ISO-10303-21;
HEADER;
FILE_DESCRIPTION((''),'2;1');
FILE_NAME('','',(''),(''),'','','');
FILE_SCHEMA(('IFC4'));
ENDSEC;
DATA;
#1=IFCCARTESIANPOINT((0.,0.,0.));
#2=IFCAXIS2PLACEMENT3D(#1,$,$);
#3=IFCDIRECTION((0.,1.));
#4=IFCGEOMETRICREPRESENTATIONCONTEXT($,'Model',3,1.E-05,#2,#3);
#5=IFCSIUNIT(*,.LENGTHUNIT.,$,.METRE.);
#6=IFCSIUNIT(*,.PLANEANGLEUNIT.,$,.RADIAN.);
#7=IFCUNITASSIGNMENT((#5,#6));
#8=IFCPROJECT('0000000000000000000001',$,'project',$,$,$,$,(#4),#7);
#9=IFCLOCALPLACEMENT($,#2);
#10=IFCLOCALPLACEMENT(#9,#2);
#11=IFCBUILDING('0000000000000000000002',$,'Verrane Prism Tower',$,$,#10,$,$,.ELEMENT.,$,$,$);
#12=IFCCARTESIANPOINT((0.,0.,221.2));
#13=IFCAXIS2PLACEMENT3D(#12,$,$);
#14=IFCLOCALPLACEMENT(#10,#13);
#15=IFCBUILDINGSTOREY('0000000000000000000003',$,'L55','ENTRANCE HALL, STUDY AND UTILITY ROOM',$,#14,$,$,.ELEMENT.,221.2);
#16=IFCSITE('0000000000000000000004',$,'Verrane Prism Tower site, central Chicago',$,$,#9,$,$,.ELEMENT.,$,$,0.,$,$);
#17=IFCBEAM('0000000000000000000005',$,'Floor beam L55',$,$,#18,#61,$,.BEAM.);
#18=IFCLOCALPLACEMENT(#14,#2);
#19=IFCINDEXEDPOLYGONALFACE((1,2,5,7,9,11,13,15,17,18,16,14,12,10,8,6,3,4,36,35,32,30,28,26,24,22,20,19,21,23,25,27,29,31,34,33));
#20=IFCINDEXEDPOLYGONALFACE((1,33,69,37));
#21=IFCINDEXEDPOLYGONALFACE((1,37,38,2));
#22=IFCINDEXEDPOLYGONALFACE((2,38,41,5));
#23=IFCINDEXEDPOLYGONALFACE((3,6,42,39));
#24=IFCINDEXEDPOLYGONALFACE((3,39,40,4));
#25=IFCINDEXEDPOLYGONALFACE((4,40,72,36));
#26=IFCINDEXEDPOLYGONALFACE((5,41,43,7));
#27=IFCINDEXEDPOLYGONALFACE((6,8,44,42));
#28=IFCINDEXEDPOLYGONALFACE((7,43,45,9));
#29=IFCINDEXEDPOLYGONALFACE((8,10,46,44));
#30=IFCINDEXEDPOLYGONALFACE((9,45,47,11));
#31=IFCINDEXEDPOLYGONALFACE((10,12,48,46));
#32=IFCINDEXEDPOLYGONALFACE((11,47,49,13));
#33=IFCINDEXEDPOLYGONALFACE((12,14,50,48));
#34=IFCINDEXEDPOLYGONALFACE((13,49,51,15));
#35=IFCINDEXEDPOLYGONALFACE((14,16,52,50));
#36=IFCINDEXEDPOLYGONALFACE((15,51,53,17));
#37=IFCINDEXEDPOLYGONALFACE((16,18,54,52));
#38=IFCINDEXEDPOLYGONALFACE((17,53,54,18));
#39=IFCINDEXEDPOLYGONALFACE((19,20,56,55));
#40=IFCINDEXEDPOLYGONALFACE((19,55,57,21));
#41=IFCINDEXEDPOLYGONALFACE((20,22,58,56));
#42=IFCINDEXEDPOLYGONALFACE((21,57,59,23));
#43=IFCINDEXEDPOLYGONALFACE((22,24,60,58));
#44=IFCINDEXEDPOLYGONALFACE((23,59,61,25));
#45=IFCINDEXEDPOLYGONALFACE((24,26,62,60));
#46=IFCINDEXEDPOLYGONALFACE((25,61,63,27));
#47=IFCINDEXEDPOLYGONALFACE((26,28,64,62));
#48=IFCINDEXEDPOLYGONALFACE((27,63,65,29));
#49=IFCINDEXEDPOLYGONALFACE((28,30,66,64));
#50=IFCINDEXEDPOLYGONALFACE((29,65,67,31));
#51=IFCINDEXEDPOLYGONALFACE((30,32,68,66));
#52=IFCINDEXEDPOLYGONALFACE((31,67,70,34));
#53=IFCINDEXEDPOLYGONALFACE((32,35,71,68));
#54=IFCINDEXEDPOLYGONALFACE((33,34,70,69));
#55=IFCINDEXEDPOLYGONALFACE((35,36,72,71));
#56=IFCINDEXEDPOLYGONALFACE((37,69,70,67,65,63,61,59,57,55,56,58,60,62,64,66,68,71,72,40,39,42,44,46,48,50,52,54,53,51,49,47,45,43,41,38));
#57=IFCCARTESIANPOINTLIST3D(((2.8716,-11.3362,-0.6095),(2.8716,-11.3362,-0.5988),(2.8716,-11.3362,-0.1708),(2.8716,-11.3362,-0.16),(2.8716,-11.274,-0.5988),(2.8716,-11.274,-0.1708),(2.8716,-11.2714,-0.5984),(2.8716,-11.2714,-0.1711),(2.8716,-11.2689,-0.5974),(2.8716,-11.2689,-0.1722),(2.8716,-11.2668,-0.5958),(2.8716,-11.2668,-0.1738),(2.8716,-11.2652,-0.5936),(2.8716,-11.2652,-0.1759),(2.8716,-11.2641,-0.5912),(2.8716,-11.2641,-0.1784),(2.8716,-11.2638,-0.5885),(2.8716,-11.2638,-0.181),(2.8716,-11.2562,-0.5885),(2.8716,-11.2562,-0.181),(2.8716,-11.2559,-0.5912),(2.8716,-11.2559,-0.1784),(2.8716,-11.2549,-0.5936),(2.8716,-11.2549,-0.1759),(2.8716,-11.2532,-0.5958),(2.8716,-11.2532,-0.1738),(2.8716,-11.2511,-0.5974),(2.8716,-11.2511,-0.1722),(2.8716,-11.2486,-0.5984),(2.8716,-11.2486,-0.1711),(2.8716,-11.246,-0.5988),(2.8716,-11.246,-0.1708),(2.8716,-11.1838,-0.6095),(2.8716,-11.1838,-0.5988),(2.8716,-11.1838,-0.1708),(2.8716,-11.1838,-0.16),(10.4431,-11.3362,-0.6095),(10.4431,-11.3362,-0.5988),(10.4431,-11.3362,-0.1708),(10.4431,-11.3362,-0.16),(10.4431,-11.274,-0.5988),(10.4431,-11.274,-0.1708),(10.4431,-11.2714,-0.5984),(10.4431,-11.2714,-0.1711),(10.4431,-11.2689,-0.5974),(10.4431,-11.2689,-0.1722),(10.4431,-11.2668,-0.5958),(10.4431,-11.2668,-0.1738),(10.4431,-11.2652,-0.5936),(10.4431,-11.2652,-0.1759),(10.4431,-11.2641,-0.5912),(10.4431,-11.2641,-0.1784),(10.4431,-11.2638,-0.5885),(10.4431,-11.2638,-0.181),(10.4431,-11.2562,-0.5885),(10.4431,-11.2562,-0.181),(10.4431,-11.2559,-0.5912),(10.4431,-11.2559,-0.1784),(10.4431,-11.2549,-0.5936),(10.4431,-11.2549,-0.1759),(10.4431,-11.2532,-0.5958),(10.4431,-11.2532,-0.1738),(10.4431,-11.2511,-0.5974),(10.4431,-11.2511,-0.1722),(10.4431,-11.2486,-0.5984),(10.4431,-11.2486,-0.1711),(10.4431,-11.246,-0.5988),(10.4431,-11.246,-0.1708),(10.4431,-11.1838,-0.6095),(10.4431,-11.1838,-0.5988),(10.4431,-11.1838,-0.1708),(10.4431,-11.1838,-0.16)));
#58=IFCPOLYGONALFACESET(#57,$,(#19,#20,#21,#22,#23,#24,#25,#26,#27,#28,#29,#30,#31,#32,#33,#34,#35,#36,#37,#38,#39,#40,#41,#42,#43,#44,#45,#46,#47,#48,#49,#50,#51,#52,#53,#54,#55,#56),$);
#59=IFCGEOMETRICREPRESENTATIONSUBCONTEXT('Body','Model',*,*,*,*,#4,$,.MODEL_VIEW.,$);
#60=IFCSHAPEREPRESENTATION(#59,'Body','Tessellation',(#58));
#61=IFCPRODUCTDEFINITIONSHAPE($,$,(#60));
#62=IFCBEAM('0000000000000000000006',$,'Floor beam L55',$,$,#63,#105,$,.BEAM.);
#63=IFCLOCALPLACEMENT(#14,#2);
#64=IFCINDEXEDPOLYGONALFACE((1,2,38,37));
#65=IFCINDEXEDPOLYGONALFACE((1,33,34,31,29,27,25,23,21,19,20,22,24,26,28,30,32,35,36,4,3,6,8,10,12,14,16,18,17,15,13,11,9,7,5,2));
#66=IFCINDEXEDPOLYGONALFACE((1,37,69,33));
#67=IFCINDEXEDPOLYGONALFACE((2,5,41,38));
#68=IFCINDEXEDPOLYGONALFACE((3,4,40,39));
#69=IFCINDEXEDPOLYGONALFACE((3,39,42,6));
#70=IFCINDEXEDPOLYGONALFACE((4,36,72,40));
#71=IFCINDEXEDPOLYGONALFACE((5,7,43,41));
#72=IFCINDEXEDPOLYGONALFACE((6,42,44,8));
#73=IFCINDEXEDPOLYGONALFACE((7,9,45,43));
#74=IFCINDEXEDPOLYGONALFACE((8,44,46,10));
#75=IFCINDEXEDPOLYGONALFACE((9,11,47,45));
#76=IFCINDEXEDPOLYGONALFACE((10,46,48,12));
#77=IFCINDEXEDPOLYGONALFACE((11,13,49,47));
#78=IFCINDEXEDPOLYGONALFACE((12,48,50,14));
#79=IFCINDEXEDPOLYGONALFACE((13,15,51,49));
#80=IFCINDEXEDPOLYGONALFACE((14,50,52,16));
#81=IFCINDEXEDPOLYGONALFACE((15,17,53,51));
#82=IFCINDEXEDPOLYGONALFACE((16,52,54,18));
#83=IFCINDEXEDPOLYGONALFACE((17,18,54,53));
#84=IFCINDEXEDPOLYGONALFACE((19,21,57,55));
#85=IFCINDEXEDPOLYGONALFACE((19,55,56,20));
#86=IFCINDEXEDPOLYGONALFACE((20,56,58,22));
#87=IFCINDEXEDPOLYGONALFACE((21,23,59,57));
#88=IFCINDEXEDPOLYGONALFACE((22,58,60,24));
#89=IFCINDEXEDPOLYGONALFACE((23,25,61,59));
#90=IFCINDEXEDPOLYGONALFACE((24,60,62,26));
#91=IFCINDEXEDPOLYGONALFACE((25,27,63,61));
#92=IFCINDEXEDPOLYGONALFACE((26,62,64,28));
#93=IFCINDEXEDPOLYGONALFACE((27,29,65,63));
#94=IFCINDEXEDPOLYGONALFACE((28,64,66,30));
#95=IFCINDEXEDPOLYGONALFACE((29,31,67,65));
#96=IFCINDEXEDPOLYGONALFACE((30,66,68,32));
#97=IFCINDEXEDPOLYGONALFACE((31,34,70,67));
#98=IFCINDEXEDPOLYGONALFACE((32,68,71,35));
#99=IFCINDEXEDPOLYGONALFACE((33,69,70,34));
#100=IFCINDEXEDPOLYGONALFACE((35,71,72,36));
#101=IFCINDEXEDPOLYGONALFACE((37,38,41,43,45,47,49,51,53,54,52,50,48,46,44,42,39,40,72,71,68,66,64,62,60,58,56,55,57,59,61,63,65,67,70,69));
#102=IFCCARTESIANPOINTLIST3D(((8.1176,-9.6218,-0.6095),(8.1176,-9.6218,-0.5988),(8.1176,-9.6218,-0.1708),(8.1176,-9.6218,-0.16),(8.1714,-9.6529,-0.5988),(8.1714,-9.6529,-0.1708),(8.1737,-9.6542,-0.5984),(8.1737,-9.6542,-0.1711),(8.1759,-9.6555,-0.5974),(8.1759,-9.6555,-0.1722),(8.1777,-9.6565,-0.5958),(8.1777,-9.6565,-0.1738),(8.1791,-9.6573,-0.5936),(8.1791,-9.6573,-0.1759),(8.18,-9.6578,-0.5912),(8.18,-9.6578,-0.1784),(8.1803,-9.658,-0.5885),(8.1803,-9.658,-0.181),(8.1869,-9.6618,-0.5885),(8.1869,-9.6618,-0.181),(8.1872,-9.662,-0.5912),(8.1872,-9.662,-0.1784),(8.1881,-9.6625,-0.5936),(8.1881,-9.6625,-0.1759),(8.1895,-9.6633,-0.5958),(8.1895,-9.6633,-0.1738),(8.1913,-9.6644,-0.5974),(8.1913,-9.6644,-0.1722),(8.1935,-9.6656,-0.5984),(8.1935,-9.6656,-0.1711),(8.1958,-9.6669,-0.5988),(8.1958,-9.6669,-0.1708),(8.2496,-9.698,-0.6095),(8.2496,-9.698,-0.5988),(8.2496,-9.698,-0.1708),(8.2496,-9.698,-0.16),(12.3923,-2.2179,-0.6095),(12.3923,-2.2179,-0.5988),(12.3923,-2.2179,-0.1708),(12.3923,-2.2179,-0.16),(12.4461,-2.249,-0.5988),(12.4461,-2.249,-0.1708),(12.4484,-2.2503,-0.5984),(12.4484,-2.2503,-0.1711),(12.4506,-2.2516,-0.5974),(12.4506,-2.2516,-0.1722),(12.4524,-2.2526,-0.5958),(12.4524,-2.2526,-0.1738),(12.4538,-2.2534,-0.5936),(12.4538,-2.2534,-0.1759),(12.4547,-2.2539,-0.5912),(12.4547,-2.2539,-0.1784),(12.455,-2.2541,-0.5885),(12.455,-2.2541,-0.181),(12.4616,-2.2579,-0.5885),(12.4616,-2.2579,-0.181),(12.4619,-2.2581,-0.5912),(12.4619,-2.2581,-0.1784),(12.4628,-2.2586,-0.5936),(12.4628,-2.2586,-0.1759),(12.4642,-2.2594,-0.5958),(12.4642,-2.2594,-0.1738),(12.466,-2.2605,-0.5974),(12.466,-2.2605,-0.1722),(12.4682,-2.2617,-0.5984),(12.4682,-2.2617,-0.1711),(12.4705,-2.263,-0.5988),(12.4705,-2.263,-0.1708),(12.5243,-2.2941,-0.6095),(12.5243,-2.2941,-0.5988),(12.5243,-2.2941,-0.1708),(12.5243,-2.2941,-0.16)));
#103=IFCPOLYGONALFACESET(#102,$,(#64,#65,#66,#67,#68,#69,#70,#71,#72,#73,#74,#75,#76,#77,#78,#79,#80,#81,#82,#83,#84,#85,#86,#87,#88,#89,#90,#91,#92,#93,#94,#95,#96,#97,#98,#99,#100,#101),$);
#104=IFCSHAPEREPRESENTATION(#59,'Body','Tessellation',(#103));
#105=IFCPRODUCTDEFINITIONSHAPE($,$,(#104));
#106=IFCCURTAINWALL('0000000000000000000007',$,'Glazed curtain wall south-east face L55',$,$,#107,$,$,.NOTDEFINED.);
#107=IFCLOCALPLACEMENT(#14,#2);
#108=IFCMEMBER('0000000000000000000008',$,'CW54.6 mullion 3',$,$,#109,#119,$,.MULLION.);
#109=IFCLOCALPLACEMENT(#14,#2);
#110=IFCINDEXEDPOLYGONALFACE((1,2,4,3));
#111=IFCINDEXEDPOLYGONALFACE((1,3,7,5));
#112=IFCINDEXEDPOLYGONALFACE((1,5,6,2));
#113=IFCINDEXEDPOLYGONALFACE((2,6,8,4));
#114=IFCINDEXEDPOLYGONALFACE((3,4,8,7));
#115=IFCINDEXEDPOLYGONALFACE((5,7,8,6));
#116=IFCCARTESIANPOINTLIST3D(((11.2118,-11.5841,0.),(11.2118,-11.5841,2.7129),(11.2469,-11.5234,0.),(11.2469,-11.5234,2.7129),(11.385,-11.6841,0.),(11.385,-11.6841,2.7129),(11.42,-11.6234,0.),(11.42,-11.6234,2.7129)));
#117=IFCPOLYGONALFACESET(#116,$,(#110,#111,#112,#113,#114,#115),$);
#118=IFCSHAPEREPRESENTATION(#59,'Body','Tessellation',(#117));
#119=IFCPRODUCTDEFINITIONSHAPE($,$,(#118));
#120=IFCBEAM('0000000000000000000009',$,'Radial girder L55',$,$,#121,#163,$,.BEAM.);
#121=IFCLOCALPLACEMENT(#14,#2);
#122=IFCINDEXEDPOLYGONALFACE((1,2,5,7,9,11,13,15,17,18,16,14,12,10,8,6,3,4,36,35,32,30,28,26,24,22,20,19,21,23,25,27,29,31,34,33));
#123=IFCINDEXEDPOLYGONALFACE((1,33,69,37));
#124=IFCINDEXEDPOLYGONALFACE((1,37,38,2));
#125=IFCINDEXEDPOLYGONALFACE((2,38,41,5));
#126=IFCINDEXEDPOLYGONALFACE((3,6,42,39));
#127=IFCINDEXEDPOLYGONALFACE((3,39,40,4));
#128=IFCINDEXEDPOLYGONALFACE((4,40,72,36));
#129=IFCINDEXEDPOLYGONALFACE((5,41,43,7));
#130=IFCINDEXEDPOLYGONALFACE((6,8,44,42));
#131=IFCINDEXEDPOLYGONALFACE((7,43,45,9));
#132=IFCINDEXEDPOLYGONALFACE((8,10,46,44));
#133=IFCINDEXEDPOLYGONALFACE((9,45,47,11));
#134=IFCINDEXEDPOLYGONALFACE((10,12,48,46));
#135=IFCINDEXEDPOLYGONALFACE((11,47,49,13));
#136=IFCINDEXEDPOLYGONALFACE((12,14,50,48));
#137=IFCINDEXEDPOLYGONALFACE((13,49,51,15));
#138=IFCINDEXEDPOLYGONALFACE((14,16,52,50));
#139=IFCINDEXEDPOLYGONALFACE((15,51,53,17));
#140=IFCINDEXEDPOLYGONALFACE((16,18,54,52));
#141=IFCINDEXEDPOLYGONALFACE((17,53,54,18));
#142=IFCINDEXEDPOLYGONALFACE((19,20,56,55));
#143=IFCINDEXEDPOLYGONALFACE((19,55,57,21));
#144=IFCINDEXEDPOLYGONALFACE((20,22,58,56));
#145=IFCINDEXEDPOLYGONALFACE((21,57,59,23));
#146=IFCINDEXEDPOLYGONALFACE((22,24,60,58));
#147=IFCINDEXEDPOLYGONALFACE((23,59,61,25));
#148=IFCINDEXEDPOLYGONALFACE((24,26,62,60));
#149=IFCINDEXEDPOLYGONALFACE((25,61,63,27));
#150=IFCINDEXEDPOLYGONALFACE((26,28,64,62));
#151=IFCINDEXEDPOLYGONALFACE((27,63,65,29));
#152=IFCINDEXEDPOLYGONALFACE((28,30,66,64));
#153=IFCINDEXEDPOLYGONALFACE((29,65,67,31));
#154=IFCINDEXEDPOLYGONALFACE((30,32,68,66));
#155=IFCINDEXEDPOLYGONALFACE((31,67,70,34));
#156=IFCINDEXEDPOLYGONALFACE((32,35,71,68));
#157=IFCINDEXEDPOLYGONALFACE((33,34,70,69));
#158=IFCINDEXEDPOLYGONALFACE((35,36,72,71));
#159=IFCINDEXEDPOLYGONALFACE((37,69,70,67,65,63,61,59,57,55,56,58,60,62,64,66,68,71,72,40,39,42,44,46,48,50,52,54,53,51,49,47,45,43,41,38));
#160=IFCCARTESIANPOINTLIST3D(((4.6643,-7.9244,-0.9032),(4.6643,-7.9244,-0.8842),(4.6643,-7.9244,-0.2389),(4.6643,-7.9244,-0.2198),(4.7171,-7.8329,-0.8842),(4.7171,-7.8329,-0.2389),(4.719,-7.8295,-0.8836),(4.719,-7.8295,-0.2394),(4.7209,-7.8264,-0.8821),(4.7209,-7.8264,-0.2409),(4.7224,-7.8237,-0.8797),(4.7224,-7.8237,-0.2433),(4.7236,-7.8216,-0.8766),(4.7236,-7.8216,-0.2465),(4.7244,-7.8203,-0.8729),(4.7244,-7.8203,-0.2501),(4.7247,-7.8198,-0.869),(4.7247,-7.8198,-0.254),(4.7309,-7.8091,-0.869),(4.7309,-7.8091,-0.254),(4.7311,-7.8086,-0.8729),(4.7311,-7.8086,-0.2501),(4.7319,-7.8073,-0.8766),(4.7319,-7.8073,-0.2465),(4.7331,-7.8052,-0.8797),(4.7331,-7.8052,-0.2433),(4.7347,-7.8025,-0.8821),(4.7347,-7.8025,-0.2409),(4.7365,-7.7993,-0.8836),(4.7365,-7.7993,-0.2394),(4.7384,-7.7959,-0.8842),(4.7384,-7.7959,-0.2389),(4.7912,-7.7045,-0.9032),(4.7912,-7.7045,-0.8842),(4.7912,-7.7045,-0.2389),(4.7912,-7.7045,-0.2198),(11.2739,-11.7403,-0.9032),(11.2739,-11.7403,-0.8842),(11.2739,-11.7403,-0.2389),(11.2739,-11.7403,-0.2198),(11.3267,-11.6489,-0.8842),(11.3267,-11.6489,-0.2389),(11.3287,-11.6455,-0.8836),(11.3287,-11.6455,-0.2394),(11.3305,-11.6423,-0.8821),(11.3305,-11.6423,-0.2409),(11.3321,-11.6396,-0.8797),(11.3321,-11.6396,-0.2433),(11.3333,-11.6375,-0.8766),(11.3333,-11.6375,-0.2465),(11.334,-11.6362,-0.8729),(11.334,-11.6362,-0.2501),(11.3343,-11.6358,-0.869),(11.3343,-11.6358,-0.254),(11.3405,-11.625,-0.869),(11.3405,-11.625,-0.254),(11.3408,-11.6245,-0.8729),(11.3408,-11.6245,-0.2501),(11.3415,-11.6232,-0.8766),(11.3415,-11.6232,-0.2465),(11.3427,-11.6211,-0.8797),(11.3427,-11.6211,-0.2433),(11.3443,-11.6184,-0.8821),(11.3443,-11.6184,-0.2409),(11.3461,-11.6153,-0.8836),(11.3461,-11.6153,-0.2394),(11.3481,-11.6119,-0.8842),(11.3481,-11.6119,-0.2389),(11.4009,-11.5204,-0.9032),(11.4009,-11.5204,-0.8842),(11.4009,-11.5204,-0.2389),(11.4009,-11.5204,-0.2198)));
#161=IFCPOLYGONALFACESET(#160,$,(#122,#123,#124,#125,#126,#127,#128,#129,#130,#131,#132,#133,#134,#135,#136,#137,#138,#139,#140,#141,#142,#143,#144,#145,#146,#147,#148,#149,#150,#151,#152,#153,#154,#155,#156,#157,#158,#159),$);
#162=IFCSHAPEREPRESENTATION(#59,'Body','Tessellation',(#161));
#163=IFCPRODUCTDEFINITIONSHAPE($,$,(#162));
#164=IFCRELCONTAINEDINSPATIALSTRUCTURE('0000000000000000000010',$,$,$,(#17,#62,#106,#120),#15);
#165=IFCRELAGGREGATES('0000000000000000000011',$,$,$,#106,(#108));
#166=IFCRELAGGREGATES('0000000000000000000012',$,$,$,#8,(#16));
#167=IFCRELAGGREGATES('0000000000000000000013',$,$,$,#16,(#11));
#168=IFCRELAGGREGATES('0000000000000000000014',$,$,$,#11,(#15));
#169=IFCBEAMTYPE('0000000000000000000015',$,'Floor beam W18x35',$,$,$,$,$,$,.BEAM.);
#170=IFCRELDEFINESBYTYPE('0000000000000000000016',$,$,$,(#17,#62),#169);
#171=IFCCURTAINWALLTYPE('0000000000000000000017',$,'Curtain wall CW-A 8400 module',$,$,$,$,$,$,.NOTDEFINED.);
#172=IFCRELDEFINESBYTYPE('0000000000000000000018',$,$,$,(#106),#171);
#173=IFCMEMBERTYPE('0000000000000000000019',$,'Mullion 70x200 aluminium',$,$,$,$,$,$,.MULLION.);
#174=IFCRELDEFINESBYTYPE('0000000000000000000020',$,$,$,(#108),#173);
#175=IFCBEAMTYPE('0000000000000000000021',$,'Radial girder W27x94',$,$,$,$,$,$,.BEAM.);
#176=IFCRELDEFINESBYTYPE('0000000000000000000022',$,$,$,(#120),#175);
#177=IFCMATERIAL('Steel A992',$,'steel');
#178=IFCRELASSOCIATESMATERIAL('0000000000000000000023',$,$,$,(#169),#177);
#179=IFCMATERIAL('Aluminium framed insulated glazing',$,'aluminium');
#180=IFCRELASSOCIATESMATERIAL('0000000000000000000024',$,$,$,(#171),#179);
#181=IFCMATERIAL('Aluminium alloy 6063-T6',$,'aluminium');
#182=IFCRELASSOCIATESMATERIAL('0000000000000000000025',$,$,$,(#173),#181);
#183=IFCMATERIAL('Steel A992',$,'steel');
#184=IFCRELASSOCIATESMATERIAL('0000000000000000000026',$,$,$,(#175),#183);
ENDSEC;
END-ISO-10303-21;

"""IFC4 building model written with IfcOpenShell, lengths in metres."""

from ifc_helpers import new_model, si_unit, direction, frame, origin, origin_2d, place, context, subcontext, project, spatial, rectangle, i_section, extrude, material, material_profile, profile_set, type_object, element, aggregate, save


model = new_model("IFC4")

# Units and contexts
model_context = context("Model", 3, precision=1e-05, world=origin(), true_north=direction((0.0, 1.0)))
body_context = subcontext(model_context, "Body", "Model", "MODEL_VIEW")
ifc_project = project(units=[si_unit("LENGTHUNIT", "METRE"), si_unit("PLANEANGLEUNIT", "RADIAN")], contexts=[model_context])

# Site, building, storey
site_placement = place(None, origin())
site = spatial("IfcSite", under=ifc_project, at=site_placement, Name="Verrane Prism Tower site, central Chicago", CompositionType="ELEMENT", RefElevation=0.0)
building_placement = place(site_placement, origin())
building = spatial("IfcBuilding", under=site, at=building_placement, Name="Verrane Prism Tower", CompositionType="ELEMENT")
storey_placement = place(building_placement, frame((0.0, 0.0, 221.2)))
storey = spatial("IfcBuildingStorey", under=building, at=storey_placement, Name="L55", Description="ENTRANCE HALL, STUDY AND UTILITY ROOM", CompositionType="ELEMENT", Elevation=221.2)

# Beams
ifc_material_1 = material(Name="Steel A992", Category="steel")
ifc_material_profile_1 = material_profile(ifc_material_1, i_section(OverallWidth=0.1523, OverallDepth=0.4495, WebThickness=0.0076, FlangeThickness=0.0107, FilletRadius=0.0103, at=origin_2d()), Name="W18x35")
ifc_profile_set_1 = profile_set([ifc_material_profile_1], Name="Steel A992")
beam_type_1 = type_object("IfcBeamType", Name="Floor beam W18x35", PredefinedType="BEAM", material=ifc_profile_set_1)
beam_1_placement = place(storey_placement, frame((2.8716, -11.26, -0.3848), z_axis=(1.0, 0.0, 0.0), x_axis=(0.0, 1.0, 0.0)))
element("IfcBeam", 1, at=beam_1_placement, inside=storey, type_object=beam_type_1, Name="Floor beam L55", PredefinedType="BEAM", context=body_context, shape_type="SweptSolid", body=[
    extrude(i_section(OverallWidth=0.1523, OverallDepth=0.4495, WebThickness=0.0076, FlangeThickness=0.0107, FilletRadius=0.0103, at=origin_2d()), origin(), (0.0, 0.0, 1.0), 7.5715),
])
beam_2_placement = place(storey_placement, frame((8.1836, -9.6599, -0.3848), z_axis=(0.500006, 0.866022, 0.0), x_axis=(-0.866022, 0.500006, 0.0)))
element("IfcBeam", 2, at=beam_2_placement, inside=storey, type_object=beam_type_1, Name="Floor beam L55", PredefinedType="BEAM", context=body_context, shape_type="SweptSolid", body=[
    extrude(i_section(OverallWidth=0.1523, OverallDepth=0.4495, WebThickness=0.0076, FlangeThickness=0.0107, FilletRadius=0.0103, at=origin_2d()), origin(), (0.0, 0.0, 1.0), 8.5493),
])

# Curtain wall, member
ifc_material_2 = material(Name="Aluminium framed insulated glazing", Category="aluminium")
curtain_wall_type = type_object("IfcCurtainWallType", Name="Curtain wall CW-A 8400 module", PredefinedType="NOTDEFINED", material=ifc_material_2)
curtain_wall_placement = place(storey_placement, origin())
curtain_wall = element("IfcCurtainWall", 3, at=curtain_wall_placement, inside=storey, type_object=curtain_wall_type, Name="Glazed curtain wall south-east face L55", PredefinedType="NOTDEFINED")
ifc_material_3 = material(Name="Aluminium alloy 6063-T6", Category="aluminium")
ifc_material_profile_2 = material_profile(ifc_material_3, rectangle(XDim=0.2, YDim=0.0701, at=origin_2d()), Name="Mullion 70x200 aluminium")
ifc_profile_set_2 = profile_set([ifc_material_profile_2], Name="Aluminium alloy 6063-T6")
member_type_1 = type_object("IfcMemberType", Name="Mullion 70x200 aluminium", PredefinedType="MULLION", material=ifc_profile_set_2)
member_1_placement = place(storey_placement, frame((11.3159, -11.6038, 0.0), z_axis=(0.0, 0.0, 1.0), x_axis=(-0.866025, 0.500001, 0.0)))
member_1 = element("IfcMember", 4, at=member_1_placement, type_object=member_type_1, Name="CW54.6 mullion 3", PredefinedType="MULLION", context=body_context, shape_type="SweptSolid", body=[
    extrude(rectangle(XDim=0.2, YDim=0.0701, at=origin_2d()), origin(), (0.0, 0.0, 1.0), 2.7129),
])

# Beam
ifc_material_4 = material(Name="Steel A992", Category="steel")
ifc_material_profile_3 = material_profile(ifc_material_4, i_section(OverallWidth=0.2539, OverallDepth=0.6833, WebThickness=0.0125, FlangeThickness=0.019, FilletRadius=0.0151, at=origin_2d()), Name="W27x94")
ifc_profile_set_3 = profile_set([ifc_material_profile_3], Name="Steel A992")
beam_type_2 = type_object("IfcBeamType", Name="Radial girder W27x94", PredefinedType="BEAM", material=ifc_profile_set_3)
beam_3_placement = place(storey_placement, frame((11.3374, -11.6304, -0.5615), z_axis=(-0.866034, 0.499986, 0.0), x_axis=(-0.499986, -0.866034, 0.0)))
element("IfcBeam", 5, at=beam_3_placement, inside=storey, type_object=beam_type_2, Name="Radial girder L55", PredefinedType="BEAM", context=body_context, shape_type="SweptSolid", body=[
    extrude(i_section(OverallWidth=0.2539, OverallDepth=0.6833, WebThickness=0.0125, FlangeThickness=0.019, FilletRadius=0.0151, at=origin_2d()), origin(), (0.0, 0.0, 1.0), 7.6321),
])

aggregate(curtain_wall, [member_1])

save(model, "model.ifc")
